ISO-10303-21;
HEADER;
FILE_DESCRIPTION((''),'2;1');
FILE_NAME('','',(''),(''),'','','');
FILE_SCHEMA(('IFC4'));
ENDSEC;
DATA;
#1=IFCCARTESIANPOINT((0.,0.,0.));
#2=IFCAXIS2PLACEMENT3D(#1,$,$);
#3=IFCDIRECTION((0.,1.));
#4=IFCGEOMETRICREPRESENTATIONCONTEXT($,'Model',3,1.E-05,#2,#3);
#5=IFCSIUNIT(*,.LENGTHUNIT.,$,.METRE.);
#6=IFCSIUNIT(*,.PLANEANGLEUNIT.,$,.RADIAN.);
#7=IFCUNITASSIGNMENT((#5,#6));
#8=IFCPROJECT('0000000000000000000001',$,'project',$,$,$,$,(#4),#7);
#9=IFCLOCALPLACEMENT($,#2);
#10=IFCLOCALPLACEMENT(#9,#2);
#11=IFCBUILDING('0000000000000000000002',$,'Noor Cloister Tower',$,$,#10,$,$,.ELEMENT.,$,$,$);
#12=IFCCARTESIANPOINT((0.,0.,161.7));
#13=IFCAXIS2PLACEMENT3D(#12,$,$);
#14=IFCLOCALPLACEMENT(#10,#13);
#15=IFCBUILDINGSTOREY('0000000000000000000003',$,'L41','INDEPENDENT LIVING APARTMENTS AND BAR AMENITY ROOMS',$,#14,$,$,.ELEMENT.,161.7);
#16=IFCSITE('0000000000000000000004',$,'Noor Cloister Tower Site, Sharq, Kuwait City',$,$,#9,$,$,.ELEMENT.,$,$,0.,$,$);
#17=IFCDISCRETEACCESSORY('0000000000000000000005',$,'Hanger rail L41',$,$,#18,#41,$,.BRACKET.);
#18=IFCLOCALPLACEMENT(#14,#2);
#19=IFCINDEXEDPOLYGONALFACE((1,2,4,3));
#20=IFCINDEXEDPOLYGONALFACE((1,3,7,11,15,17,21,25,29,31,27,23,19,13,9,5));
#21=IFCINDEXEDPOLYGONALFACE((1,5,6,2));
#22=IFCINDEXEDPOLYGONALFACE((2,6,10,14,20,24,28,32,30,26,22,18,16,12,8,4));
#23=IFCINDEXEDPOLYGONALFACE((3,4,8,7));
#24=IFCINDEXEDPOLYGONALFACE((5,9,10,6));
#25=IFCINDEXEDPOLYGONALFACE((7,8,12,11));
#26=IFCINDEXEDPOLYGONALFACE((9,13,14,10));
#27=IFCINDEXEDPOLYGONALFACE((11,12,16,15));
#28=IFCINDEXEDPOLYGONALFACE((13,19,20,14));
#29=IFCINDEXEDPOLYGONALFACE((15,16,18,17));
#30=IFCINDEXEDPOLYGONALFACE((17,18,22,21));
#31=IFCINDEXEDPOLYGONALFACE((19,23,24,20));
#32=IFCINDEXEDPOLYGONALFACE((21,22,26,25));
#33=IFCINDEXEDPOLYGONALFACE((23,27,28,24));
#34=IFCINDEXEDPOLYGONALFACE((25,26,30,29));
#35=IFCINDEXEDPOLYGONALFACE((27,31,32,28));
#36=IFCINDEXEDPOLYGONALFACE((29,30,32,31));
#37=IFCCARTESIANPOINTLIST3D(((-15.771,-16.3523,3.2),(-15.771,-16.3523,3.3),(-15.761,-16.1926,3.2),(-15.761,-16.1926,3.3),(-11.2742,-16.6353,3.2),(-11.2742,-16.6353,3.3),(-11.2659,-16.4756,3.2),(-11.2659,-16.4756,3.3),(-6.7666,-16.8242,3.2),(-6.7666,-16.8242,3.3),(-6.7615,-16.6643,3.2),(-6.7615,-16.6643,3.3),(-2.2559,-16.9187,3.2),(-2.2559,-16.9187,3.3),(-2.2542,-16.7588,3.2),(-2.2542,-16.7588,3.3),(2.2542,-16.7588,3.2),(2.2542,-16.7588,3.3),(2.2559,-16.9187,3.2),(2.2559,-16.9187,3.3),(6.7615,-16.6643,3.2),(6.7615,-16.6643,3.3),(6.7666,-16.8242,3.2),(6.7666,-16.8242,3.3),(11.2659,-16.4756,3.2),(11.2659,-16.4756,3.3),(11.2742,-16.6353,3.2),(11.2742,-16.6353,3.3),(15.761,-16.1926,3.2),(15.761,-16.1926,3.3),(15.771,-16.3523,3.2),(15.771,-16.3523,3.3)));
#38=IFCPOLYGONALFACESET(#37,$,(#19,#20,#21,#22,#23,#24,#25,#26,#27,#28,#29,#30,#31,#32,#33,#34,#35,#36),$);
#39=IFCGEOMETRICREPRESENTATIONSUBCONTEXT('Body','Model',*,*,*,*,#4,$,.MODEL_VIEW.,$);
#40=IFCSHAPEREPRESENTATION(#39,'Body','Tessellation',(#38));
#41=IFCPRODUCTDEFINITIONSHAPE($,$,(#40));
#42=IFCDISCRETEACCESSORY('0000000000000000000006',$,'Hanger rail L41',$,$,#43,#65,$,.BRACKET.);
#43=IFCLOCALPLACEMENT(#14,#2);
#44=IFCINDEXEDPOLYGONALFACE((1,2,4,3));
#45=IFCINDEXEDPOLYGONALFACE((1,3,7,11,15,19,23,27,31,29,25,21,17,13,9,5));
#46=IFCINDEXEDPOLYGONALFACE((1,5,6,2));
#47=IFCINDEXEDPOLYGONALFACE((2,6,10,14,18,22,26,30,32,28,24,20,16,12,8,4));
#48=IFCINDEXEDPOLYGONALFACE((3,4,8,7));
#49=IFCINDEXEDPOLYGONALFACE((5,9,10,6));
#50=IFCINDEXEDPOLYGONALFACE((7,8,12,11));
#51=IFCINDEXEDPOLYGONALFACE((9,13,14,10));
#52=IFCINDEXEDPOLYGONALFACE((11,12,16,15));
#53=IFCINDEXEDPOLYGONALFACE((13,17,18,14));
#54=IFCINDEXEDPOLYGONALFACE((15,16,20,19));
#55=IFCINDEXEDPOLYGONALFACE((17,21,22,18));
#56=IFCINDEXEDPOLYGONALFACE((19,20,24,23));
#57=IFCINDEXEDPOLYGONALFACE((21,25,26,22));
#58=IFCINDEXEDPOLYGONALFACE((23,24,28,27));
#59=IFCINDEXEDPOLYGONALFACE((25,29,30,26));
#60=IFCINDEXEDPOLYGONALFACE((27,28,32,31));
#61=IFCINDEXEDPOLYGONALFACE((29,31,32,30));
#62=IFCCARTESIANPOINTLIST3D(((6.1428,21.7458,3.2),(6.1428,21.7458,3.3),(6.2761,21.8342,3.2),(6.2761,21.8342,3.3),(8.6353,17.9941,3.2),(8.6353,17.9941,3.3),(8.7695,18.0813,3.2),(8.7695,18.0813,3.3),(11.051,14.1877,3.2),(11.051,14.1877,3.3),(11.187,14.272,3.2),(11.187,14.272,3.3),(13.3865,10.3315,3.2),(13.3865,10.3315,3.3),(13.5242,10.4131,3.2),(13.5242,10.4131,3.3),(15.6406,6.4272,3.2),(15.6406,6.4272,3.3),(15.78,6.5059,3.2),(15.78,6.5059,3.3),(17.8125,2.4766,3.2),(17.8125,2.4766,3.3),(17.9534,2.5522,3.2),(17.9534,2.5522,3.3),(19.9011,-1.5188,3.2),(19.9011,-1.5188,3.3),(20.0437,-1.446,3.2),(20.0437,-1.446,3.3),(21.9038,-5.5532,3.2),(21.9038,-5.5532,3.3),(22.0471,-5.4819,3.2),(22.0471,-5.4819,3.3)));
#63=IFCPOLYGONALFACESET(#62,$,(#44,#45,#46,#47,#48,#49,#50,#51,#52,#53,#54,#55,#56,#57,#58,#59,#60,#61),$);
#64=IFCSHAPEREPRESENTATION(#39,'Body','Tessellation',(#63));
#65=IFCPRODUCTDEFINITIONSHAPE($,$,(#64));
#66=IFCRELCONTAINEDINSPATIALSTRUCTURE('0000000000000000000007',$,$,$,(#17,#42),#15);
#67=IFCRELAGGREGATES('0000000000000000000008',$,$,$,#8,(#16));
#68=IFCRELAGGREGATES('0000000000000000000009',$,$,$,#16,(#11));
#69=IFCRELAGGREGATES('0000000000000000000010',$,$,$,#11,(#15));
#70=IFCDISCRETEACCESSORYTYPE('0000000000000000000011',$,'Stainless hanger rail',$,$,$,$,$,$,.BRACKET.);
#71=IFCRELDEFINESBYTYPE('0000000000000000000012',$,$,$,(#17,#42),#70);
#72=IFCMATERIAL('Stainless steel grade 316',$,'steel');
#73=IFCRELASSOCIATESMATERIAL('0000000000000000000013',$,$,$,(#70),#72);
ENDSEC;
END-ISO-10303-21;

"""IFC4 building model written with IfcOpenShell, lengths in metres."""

from ifc_helpers import new_model, si_unit, direction, frame, origin, place, context, subcontext, project, spatial, polyline, outline, extrude, material, type_object, element, save


model = new_model("IFC4")

# Units and contexts
model_context = context("Model", 3, precision=1e-05, world=origin(), true_north=direction((0.0, 1.0)))
body_context = subcontext(model_context, "Body", "Model", "MODEL_VIEW")
ifc_project = project(units=[si_unit("LENGTHUNIT", "METRE"), si_unit("PLANEANGLEUNIT", "RADIAN")], contexts=[model_context])

# Site, building, storey
site_placement = place(None, origin())
site = spatial("IfcSite", under=ifc_project, at=site_placement, Name="Noor Cloister Tower Site, Sharq, Kuwait City", CompositionType="ELEMENT", RefElevation=0.0)
building_placement = place(site_placement, origin())
building = spatial("IfcBuilding", under=site, at=building_placement, Name="Noor Cloister Tower", CompositionType="ELEMENT")
storey_placement = place(building_placement, frame((0.0, 0.0, 161.7)))
storey = spatial("IfcBuildingStorey", under=building, at=storey_placement, Name="L41", Description="INDEPENDENT LIVING APARTMENTS AND BAR AMENITY ROOMS", CompositionType="ELEMENT", Elevation=161.7)

# Discrete accessories
ifc_material_1 = material(Name="Stainless steel grade 316", Category="steel")
discrete_accessory_type = type_object("IfcDiscreteAccessoryType", Name="Stainless hanger rail", PredefinedType="BRACKET", material=ifc_material_1)
discrete_accessory_1_placement = place(storey_placement, frame((0.0, 0.0, 3.2)))
element("IfcDiscreteAccessory", 1, at=discrete_accessory_1_placement, inside=storey, type_object=discrete_accessory_type, Name="Hanger rail L41", PredefinedType="BRACKET", context=body_context, shape_type="SweptSolid", body=[
    extrude(outline(polyline([(-15.771, -16.3523), (-11.2742, -16.6353), (-6.7666, -16.8242), (-2.2559, -16.9187), (2.2559, -16.9187), (6.7666, -16.8242), (11.2742, -16.6353), (15.771, -16.3523), (15.761, -16.1926), (11.2659, -16.4756), (6.7615, -16.6643), (2.2542, -16.7588), (-2.2542, -16.7588), (-6.7615, -16.6643), (-11.2659, -16.4756), (-15.761, -16.1926), (-15.771, -16.3523)])), origin(), (0.0, 0.0, 1.0), 0.1001),
])
discrete_accessory_2_placement = place(storey_placement, frame((0.0, 0.0, 3.2)))
element("IfcDiscreteAccessory", 2, at=discrete_accessory_2_placement, inside=storey, type_object=discrete_accessory_type, Name="Hanger rail L41", PredefinedType="BRACKET", context=body_context, shape_type="SweptSolid", body=[
    extrude(outline(polyline([(22.0471, -5.4819), (20.0437, -1.446), (17.9534, 2.5522), (15.78, 6.5059), (13.5242, 10.4131), (11.187, 14.272), (8.7695, 18.0813), (6.2761, 21.8342), (6.1428, 21.7458), (8.6353, 17.9941), (11.051, 14.1877), (13.3865, 10.3315), (15.6406, 6.4272), (17.8125, 2.4766), (19.9011, -1.5188), (21.9038, -5.5532), (22.0471, -5.4819)])), origin(), (0.0, 0.0, 1.0), 0.1001),
])

save(model, "model.ifc")
